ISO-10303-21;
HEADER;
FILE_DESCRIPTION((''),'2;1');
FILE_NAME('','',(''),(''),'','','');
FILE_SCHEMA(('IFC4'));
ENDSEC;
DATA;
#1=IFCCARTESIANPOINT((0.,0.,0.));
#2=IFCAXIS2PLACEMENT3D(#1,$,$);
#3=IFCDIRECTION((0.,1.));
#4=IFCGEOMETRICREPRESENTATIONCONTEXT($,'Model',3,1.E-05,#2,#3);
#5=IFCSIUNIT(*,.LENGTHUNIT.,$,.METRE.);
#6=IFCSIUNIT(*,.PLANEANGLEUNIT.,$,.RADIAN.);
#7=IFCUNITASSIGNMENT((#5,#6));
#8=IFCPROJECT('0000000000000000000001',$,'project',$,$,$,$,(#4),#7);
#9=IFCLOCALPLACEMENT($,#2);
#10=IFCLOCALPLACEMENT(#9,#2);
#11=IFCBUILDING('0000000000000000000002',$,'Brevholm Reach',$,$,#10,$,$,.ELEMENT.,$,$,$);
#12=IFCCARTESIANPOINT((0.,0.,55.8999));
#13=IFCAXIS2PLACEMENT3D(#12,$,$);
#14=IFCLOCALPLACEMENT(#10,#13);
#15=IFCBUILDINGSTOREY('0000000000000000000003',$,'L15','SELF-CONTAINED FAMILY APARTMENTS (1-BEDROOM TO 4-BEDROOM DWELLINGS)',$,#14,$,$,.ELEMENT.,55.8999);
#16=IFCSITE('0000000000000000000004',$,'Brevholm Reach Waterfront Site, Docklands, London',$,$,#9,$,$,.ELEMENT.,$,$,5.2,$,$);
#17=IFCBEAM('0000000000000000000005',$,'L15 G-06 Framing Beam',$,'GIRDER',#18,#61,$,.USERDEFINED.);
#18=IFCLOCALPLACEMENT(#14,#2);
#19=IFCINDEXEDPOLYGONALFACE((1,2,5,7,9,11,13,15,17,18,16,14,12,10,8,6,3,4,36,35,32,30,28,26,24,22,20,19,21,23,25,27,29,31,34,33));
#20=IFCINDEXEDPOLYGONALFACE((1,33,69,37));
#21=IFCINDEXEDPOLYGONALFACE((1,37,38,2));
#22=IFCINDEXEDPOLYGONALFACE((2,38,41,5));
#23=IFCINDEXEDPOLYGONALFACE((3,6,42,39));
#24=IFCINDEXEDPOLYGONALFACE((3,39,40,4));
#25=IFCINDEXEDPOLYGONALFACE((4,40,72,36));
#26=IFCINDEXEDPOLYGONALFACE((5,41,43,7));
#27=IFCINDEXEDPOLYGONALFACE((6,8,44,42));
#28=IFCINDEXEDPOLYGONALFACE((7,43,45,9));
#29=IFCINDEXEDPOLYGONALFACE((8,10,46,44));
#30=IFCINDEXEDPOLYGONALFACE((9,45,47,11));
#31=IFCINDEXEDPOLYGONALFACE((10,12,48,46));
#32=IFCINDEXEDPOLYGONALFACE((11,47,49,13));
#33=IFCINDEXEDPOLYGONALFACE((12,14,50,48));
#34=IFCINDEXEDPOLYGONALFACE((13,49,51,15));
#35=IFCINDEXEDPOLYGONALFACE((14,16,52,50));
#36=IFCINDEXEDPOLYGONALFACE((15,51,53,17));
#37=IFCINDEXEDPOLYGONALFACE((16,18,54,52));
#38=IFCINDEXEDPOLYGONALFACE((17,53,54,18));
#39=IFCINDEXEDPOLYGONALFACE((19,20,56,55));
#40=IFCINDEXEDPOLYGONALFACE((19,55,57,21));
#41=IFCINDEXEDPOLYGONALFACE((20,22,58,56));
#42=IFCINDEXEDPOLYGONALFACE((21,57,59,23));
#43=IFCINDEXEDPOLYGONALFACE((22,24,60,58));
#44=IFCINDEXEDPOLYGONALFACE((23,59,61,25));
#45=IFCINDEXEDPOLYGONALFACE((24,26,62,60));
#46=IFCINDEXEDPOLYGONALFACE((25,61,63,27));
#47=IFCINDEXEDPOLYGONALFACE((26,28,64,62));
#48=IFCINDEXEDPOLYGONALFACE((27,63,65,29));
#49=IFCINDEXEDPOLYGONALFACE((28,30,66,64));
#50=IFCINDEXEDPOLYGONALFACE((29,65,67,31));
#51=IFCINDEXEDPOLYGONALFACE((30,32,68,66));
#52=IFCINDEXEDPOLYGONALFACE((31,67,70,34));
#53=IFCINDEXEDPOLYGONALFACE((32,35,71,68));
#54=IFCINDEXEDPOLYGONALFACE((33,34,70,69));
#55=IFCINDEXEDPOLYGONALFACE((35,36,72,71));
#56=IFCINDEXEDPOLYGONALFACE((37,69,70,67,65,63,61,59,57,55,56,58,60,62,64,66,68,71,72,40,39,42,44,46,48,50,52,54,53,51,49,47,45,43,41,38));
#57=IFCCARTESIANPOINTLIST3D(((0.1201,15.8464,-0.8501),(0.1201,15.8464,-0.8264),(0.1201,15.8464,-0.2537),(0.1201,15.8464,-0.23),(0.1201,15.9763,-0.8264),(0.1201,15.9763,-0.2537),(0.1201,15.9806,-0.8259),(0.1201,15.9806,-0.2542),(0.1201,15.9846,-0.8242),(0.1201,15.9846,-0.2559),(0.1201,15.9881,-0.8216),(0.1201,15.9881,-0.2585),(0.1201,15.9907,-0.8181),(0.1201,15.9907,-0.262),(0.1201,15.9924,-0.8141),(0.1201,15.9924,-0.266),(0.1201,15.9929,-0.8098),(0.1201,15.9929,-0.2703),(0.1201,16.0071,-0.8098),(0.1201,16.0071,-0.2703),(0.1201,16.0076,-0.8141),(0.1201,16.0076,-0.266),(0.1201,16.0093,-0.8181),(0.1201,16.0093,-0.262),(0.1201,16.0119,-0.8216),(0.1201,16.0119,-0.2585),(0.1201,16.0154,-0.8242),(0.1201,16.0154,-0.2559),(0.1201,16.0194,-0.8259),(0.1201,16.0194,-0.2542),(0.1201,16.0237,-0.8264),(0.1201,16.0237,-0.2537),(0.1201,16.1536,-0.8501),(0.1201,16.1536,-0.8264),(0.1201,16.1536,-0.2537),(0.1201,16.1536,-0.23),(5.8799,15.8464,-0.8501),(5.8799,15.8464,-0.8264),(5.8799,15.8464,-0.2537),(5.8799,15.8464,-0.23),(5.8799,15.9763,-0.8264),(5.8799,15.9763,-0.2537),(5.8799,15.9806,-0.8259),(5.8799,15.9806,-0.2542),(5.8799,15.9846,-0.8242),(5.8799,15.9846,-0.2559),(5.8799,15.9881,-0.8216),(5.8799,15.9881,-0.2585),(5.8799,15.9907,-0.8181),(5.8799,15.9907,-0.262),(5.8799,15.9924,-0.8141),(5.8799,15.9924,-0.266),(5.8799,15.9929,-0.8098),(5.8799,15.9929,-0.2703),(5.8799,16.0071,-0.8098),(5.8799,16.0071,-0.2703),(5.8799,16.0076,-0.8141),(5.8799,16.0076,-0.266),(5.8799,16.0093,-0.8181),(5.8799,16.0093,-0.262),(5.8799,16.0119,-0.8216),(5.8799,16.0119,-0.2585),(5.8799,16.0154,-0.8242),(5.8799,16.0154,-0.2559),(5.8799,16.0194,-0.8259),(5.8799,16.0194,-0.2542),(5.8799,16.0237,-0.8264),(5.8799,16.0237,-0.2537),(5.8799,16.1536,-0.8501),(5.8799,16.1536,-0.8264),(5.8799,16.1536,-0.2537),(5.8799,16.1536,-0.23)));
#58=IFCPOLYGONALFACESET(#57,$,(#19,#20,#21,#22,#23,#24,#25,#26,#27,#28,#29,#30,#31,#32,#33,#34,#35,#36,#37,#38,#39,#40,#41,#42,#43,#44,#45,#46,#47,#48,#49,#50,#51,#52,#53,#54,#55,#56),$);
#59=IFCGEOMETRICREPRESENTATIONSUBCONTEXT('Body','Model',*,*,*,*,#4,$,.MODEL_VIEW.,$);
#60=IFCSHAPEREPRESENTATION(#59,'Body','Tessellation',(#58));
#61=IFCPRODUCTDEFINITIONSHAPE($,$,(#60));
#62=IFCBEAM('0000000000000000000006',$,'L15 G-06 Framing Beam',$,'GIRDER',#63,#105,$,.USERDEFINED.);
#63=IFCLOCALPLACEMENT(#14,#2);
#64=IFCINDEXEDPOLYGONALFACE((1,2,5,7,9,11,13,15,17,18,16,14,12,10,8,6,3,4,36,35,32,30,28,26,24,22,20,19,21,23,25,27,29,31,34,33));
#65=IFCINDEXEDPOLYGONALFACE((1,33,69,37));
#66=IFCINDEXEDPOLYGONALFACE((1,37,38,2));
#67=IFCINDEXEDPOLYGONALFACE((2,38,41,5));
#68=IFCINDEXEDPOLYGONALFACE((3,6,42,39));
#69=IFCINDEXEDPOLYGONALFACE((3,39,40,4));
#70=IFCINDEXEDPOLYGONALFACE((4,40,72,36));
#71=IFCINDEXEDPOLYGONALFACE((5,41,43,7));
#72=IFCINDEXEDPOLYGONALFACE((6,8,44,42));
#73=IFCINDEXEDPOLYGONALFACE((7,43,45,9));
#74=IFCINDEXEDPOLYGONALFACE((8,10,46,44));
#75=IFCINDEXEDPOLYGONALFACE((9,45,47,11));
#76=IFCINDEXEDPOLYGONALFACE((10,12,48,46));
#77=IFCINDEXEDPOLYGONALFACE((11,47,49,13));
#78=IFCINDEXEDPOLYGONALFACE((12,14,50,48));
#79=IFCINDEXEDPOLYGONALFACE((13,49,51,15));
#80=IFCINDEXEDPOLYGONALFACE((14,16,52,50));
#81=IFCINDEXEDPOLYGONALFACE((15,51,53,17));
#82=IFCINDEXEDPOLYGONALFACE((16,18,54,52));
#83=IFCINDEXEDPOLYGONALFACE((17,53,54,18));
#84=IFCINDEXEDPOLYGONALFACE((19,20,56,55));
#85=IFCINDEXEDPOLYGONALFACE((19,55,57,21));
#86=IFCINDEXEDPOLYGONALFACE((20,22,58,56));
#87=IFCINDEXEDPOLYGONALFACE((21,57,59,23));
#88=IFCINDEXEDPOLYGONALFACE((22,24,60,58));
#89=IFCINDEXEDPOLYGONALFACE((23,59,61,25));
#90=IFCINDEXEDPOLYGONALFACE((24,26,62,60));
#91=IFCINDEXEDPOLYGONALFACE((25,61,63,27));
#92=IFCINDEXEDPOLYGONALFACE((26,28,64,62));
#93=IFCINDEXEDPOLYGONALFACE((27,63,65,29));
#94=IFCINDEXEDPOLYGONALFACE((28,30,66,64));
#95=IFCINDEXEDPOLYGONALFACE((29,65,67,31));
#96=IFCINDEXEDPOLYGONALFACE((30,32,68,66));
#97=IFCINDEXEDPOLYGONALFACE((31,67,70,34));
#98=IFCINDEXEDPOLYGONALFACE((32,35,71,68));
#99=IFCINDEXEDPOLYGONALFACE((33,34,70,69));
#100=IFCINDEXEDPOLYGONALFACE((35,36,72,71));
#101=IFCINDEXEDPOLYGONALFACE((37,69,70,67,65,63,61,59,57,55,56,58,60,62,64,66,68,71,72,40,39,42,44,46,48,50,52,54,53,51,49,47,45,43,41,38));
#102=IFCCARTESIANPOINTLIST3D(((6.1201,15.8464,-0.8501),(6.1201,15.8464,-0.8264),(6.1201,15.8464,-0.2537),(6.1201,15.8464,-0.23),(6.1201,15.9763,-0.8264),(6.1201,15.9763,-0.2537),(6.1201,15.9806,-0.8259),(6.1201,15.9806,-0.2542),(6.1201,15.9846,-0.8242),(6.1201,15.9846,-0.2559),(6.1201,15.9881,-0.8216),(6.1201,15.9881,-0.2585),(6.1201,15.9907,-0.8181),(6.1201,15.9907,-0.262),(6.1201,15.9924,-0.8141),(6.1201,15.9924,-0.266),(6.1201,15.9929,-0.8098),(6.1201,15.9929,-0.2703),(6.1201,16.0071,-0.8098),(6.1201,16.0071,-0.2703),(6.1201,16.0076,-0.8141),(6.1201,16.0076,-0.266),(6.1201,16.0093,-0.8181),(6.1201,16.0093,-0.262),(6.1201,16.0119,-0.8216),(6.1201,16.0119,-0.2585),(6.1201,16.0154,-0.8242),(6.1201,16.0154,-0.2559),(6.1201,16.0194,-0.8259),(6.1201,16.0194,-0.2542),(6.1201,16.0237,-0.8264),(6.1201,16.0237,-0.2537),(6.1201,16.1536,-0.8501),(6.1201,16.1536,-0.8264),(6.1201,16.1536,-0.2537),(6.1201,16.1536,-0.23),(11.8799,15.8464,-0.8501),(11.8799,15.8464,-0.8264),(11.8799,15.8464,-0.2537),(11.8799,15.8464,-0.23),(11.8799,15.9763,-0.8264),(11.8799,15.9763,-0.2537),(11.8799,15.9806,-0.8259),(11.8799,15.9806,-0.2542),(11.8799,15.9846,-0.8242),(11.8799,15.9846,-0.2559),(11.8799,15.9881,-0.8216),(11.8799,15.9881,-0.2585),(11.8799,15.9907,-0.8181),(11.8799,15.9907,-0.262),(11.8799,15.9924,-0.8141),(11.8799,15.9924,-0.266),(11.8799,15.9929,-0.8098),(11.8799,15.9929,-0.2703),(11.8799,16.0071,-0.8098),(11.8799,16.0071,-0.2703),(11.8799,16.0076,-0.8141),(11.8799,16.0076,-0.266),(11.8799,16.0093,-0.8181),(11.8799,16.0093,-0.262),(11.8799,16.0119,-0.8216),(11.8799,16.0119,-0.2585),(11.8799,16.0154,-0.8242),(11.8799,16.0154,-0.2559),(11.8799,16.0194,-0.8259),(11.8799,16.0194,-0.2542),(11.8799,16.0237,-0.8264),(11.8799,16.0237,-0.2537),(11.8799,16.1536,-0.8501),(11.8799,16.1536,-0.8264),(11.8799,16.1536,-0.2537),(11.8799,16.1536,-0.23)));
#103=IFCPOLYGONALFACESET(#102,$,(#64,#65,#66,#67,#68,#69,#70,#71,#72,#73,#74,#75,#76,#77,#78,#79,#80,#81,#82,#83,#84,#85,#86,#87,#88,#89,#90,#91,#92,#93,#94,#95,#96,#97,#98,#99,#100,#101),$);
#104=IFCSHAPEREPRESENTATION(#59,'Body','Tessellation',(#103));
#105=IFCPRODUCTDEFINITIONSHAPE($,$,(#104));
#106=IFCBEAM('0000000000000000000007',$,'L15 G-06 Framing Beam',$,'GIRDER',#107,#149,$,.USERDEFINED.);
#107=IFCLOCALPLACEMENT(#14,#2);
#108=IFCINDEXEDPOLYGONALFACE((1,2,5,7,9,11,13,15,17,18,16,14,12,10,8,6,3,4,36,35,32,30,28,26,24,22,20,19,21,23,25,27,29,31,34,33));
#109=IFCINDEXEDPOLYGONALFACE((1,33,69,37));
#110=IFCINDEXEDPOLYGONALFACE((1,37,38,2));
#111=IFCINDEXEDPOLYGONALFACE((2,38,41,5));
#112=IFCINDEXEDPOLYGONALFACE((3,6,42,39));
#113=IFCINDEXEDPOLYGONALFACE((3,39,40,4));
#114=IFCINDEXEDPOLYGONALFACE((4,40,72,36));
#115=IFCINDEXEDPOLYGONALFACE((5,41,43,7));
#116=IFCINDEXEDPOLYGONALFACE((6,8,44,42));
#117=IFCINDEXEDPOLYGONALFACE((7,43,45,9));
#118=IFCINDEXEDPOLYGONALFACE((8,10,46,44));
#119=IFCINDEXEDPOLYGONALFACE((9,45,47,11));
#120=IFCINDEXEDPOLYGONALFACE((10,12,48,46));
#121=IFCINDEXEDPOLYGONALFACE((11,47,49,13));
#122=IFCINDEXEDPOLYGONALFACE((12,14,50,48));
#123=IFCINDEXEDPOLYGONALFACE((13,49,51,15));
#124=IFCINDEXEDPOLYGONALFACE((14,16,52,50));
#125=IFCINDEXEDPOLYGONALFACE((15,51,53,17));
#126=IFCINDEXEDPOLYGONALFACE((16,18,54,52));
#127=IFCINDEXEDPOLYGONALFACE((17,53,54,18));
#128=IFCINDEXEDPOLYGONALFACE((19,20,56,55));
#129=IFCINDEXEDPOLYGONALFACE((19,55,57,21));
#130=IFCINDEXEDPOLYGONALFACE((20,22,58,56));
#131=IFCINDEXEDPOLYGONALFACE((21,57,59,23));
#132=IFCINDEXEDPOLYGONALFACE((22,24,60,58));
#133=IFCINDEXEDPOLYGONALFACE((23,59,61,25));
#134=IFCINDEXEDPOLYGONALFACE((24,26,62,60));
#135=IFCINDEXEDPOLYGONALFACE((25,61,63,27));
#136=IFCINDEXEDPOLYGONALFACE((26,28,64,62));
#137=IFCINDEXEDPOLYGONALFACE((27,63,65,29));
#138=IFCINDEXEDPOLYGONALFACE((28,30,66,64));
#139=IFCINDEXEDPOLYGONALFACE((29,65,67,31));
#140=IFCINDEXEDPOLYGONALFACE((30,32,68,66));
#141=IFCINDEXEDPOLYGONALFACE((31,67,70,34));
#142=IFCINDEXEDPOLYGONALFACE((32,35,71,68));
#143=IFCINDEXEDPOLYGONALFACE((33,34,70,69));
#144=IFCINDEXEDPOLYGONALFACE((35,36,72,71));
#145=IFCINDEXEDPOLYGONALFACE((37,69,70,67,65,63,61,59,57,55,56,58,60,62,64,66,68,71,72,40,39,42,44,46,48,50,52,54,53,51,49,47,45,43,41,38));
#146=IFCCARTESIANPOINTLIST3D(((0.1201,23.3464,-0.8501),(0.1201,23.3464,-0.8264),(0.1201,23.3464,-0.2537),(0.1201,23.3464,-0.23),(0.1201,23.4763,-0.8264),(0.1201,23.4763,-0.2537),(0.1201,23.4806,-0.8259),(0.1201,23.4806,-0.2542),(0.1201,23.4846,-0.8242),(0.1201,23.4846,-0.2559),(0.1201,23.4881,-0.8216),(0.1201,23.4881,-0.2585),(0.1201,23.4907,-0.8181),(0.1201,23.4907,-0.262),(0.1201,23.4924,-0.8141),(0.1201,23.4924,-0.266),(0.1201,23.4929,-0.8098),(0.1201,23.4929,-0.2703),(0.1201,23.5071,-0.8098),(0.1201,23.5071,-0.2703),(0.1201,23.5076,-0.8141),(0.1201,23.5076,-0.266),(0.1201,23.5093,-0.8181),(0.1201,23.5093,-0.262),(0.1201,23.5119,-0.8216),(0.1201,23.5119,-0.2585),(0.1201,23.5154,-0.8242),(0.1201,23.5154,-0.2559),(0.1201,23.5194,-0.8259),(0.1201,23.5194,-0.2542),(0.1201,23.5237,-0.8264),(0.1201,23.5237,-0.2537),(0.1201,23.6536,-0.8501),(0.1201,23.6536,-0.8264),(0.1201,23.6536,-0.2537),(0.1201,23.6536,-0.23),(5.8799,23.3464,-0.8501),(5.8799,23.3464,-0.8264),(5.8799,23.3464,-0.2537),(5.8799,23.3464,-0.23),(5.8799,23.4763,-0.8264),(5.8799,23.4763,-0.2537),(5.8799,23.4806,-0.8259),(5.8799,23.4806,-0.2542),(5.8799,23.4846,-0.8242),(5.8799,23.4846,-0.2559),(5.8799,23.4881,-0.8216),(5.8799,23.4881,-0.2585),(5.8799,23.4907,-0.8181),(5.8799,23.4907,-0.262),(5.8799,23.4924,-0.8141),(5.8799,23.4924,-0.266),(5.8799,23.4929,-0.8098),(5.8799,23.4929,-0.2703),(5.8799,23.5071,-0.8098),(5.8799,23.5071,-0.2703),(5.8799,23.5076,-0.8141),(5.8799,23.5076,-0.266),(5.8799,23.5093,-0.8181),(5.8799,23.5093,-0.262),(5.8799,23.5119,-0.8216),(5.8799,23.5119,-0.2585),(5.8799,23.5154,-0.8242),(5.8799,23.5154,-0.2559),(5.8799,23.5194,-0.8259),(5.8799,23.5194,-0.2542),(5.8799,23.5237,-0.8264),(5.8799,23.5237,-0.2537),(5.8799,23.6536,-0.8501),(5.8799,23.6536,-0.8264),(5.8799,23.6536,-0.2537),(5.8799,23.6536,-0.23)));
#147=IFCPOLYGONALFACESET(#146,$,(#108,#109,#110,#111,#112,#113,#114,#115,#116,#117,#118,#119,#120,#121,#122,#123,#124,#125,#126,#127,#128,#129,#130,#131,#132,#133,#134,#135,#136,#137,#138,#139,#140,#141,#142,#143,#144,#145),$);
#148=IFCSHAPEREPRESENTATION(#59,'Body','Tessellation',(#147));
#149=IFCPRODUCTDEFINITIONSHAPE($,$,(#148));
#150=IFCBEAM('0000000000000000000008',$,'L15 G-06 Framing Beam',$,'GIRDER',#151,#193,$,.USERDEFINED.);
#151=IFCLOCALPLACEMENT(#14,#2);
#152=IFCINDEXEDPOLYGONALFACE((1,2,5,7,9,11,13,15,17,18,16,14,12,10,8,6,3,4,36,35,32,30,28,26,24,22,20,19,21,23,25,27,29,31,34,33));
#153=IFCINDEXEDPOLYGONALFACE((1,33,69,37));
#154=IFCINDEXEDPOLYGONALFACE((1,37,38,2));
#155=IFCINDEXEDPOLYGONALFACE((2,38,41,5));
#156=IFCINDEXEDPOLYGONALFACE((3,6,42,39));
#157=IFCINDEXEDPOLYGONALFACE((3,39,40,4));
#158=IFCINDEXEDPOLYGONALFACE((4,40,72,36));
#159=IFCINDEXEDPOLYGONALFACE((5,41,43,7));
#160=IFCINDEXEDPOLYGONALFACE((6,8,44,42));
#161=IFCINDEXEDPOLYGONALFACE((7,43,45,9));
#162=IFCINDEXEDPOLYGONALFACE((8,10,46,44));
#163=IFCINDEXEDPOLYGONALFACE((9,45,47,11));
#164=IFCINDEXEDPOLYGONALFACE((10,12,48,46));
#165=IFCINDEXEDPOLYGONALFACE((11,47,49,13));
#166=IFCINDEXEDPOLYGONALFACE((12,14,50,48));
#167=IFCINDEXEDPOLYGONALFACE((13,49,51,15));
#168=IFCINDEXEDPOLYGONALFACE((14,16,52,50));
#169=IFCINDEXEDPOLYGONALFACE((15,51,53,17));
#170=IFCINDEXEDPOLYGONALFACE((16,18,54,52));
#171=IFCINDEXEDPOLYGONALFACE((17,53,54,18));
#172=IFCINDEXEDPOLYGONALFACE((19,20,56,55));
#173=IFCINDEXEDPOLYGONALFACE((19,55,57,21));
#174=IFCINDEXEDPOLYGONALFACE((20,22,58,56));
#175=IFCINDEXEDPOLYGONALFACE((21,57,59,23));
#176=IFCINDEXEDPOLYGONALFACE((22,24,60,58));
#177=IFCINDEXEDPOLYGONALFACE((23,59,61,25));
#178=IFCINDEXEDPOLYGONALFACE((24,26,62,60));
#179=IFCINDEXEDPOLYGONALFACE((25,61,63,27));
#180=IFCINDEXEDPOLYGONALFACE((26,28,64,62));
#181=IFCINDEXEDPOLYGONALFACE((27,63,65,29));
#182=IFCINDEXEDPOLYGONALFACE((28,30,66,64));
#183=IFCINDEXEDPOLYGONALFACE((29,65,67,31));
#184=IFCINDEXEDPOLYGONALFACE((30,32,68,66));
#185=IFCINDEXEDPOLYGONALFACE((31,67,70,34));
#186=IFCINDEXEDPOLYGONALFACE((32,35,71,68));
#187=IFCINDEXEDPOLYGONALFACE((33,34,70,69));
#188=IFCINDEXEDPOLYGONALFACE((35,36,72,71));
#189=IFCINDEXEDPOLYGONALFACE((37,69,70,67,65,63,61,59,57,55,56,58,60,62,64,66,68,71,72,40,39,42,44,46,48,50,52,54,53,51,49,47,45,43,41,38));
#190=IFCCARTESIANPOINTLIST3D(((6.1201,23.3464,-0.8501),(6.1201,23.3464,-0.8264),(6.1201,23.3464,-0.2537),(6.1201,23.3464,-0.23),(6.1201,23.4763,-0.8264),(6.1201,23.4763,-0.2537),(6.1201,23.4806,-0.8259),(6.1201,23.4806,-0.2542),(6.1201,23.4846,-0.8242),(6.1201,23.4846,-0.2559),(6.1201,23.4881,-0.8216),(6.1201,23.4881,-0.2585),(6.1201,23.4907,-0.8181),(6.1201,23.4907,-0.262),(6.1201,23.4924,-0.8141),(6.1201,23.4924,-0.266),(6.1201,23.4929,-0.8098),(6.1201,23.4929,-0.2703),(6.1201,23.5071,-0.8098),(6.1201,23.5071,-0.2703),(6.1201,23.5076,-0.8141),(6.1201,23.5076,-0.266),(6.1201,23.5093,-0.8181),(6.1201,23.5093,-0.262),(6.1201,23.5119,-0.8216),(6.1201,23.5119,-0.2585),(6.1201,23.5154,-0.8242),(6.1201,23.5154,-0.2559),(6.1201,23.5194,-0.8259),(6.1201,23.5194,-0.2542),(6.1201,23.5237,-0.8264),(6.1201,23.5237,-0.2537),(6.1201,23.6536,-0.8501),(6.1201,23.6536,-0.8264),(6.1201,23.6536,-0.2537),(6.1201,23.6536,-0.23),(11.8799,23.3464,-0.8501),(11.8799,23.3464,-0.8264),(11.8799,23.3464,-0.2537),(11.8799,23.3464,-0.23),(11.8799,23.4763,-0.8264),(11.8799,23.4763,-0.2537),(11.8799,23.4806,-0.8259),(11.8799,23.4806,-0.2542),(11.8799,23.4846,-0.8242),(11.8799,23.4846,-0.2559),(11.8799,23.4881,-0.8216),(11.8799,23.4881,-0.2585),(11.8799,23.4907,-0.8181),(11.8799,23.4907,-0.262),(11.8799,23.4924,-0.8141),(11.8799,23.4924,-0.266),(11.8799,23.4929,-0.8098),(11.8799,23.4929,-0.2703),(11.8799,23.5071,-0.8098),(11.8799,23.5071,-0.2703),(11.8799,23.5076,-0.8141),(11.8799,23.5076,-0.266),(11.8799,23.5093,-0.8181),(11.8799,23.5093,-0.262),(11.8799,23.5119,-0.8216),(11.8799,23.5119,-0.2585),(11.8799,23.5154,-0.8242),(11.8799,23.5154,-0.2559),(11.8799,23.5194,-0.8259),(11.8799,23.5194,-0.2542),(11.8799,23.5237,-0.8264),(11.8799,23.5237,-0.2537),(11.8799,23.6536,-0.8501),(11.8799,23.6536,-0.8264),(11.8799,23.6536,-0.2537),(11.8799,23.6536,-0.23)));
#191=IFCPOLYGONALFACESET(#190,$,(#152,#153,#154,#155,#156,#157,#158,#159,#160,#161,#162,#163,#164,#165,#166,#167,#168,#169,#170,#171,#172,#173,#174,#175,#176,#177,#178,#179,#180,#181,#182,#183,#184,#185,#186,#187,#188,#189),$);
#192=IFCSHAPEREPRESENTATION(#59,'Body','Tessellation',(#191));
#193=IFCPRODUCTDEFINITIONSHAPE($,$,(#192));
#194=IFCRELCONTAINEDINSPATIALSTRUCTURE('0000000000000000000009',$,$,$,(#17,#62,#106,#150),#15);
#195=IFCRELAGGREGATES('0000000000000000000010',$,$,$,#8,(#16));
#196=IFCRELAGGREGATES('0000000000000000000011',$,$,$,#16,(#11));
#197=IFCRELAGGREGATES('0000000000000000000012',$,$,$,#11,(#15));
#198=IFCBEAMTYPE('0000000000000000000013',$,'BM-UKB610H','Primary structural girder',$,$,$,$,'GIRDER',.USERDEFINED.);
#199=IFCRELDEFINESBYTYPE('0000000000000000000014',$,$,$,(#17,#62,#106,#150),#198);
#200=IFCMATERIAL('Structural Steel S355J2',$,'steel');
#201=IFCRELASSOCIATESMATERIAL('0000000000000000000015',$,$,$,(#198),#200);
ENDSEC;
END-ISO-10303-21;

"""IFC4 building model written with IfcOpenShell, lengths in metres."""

from ifc_helpers import new_model, si_unit, direction, frame, origin, origin_2d, place, context, subcontext, project, spatial, i_section, extrude, material, material_profile, profile_set, type_object, element, save


model = new_model("IFC4")

# Units and contexts
model_context = context("Model", 3, precision=1e-05, world=origin(), true_north=direction((0.0, 1.0)))
body_context = subcontext(model_context, "Body", "Model", "MODEL_VIEW")
ifc_project = project(units=[si_unit("LENGTHUNIT", "METRE"), si_unit("PLANEANGLEUNIT", "RADIAN")], contexts=[model_context])

# Site, building, storey
site_placement = place(None, origin())
site = spatial("IfcSite", under=ifc_project, at=site_placement, Name="Brevholm Reach Waterfront Site, Docklands, London", CompositionType="ELEMENT", RefElevation=5.2)
building_placement = place(site_placement, origin())
building = spatial("IfcBuilding", under=site, at=building_placement, Name="Brevholm Reach", CompositionType="ELEMENT")
storey_placement = place(building_placement, frame((0.0, 0.0, 55.8999)))
storey = spatial("IfcBuildingStorey", under=building, at=storey_placement, Name="L15", Description="SELF-CONTAINED FAMILY APARTMENTS (1-BEDROOM TO 4-BEDROOM DWELLINGS)", CompositionType="ELEMENT", Elevation=55.8999)

# Beams
ifc_material_1 = material(Name="Structural Steel S355J2", Category="steel")
ifc_material_profile_1 = material_profile(ifc_material_1, i_section(OverallWidth=0.3071, OverallDepth=0.6201, WebThickness=0.0142, FlangeThickness=0.0237, FilletRadius=0.0166, at=origin_2d()), Name="UKB 610x305x179")
ifc_profile_set_1 = profile_set([ifc_material_profile_1], Name="Structural Steel S355J2")
beam_type_1 = type_object("IfcBeamType", Name="BM-UKB610H", Description="Primary structural girder", ElementType="GIRDER", PredefinedType="USERDEFINED", material=ifc_profile_set_1)
for number, where, z_axis, x_axis, name in (
    (1, (0.1201, 16.0, -0.54), (1.0, 0.0, 0.0), (0.0, 1.0, 0.0), "L15 G-06 Framing Beam"),
    (2, (6.1201, 16.0, -0.54), (1.0, 0.0, 0.0), (0.0, 1.0, 0.0), "L15 G-06 Framing Beam"),
    (3, (0.1201, 23.5, -0.54), (1.0, 0.0, 0.0), (0.0, 1.0, 0.0), "L15 G-06 Framing Beam"),
    (4, (6.1201, 23.5, -0.54), (1.0, 0.0, 0.0), (0.0, 1.0, 0.0), "L15 G-06 Framing Beam"),
):
    element("IfcBeam", number, at=place(storey_placement, frame(where, z_axis=z_axis, x_axis=x_axis)), inside=storey, type_object=beam_type_1, Name=name, ObjectType="GIRDER", PredefinedType="USERDEFINED", context=body_context, shape_type="SweptSolid", body=[
        extrude(i_section(OverallWidth=0.3071, OverallDepth=0.6201, WebThickness=0.0142, FlangeThickness=0.0237, FilletRadius=0.0166, at=origin_2d()), origin(), (0.0, 0.0, 1.0), 5.7598),
    ])

save(model, "model.ifc")
